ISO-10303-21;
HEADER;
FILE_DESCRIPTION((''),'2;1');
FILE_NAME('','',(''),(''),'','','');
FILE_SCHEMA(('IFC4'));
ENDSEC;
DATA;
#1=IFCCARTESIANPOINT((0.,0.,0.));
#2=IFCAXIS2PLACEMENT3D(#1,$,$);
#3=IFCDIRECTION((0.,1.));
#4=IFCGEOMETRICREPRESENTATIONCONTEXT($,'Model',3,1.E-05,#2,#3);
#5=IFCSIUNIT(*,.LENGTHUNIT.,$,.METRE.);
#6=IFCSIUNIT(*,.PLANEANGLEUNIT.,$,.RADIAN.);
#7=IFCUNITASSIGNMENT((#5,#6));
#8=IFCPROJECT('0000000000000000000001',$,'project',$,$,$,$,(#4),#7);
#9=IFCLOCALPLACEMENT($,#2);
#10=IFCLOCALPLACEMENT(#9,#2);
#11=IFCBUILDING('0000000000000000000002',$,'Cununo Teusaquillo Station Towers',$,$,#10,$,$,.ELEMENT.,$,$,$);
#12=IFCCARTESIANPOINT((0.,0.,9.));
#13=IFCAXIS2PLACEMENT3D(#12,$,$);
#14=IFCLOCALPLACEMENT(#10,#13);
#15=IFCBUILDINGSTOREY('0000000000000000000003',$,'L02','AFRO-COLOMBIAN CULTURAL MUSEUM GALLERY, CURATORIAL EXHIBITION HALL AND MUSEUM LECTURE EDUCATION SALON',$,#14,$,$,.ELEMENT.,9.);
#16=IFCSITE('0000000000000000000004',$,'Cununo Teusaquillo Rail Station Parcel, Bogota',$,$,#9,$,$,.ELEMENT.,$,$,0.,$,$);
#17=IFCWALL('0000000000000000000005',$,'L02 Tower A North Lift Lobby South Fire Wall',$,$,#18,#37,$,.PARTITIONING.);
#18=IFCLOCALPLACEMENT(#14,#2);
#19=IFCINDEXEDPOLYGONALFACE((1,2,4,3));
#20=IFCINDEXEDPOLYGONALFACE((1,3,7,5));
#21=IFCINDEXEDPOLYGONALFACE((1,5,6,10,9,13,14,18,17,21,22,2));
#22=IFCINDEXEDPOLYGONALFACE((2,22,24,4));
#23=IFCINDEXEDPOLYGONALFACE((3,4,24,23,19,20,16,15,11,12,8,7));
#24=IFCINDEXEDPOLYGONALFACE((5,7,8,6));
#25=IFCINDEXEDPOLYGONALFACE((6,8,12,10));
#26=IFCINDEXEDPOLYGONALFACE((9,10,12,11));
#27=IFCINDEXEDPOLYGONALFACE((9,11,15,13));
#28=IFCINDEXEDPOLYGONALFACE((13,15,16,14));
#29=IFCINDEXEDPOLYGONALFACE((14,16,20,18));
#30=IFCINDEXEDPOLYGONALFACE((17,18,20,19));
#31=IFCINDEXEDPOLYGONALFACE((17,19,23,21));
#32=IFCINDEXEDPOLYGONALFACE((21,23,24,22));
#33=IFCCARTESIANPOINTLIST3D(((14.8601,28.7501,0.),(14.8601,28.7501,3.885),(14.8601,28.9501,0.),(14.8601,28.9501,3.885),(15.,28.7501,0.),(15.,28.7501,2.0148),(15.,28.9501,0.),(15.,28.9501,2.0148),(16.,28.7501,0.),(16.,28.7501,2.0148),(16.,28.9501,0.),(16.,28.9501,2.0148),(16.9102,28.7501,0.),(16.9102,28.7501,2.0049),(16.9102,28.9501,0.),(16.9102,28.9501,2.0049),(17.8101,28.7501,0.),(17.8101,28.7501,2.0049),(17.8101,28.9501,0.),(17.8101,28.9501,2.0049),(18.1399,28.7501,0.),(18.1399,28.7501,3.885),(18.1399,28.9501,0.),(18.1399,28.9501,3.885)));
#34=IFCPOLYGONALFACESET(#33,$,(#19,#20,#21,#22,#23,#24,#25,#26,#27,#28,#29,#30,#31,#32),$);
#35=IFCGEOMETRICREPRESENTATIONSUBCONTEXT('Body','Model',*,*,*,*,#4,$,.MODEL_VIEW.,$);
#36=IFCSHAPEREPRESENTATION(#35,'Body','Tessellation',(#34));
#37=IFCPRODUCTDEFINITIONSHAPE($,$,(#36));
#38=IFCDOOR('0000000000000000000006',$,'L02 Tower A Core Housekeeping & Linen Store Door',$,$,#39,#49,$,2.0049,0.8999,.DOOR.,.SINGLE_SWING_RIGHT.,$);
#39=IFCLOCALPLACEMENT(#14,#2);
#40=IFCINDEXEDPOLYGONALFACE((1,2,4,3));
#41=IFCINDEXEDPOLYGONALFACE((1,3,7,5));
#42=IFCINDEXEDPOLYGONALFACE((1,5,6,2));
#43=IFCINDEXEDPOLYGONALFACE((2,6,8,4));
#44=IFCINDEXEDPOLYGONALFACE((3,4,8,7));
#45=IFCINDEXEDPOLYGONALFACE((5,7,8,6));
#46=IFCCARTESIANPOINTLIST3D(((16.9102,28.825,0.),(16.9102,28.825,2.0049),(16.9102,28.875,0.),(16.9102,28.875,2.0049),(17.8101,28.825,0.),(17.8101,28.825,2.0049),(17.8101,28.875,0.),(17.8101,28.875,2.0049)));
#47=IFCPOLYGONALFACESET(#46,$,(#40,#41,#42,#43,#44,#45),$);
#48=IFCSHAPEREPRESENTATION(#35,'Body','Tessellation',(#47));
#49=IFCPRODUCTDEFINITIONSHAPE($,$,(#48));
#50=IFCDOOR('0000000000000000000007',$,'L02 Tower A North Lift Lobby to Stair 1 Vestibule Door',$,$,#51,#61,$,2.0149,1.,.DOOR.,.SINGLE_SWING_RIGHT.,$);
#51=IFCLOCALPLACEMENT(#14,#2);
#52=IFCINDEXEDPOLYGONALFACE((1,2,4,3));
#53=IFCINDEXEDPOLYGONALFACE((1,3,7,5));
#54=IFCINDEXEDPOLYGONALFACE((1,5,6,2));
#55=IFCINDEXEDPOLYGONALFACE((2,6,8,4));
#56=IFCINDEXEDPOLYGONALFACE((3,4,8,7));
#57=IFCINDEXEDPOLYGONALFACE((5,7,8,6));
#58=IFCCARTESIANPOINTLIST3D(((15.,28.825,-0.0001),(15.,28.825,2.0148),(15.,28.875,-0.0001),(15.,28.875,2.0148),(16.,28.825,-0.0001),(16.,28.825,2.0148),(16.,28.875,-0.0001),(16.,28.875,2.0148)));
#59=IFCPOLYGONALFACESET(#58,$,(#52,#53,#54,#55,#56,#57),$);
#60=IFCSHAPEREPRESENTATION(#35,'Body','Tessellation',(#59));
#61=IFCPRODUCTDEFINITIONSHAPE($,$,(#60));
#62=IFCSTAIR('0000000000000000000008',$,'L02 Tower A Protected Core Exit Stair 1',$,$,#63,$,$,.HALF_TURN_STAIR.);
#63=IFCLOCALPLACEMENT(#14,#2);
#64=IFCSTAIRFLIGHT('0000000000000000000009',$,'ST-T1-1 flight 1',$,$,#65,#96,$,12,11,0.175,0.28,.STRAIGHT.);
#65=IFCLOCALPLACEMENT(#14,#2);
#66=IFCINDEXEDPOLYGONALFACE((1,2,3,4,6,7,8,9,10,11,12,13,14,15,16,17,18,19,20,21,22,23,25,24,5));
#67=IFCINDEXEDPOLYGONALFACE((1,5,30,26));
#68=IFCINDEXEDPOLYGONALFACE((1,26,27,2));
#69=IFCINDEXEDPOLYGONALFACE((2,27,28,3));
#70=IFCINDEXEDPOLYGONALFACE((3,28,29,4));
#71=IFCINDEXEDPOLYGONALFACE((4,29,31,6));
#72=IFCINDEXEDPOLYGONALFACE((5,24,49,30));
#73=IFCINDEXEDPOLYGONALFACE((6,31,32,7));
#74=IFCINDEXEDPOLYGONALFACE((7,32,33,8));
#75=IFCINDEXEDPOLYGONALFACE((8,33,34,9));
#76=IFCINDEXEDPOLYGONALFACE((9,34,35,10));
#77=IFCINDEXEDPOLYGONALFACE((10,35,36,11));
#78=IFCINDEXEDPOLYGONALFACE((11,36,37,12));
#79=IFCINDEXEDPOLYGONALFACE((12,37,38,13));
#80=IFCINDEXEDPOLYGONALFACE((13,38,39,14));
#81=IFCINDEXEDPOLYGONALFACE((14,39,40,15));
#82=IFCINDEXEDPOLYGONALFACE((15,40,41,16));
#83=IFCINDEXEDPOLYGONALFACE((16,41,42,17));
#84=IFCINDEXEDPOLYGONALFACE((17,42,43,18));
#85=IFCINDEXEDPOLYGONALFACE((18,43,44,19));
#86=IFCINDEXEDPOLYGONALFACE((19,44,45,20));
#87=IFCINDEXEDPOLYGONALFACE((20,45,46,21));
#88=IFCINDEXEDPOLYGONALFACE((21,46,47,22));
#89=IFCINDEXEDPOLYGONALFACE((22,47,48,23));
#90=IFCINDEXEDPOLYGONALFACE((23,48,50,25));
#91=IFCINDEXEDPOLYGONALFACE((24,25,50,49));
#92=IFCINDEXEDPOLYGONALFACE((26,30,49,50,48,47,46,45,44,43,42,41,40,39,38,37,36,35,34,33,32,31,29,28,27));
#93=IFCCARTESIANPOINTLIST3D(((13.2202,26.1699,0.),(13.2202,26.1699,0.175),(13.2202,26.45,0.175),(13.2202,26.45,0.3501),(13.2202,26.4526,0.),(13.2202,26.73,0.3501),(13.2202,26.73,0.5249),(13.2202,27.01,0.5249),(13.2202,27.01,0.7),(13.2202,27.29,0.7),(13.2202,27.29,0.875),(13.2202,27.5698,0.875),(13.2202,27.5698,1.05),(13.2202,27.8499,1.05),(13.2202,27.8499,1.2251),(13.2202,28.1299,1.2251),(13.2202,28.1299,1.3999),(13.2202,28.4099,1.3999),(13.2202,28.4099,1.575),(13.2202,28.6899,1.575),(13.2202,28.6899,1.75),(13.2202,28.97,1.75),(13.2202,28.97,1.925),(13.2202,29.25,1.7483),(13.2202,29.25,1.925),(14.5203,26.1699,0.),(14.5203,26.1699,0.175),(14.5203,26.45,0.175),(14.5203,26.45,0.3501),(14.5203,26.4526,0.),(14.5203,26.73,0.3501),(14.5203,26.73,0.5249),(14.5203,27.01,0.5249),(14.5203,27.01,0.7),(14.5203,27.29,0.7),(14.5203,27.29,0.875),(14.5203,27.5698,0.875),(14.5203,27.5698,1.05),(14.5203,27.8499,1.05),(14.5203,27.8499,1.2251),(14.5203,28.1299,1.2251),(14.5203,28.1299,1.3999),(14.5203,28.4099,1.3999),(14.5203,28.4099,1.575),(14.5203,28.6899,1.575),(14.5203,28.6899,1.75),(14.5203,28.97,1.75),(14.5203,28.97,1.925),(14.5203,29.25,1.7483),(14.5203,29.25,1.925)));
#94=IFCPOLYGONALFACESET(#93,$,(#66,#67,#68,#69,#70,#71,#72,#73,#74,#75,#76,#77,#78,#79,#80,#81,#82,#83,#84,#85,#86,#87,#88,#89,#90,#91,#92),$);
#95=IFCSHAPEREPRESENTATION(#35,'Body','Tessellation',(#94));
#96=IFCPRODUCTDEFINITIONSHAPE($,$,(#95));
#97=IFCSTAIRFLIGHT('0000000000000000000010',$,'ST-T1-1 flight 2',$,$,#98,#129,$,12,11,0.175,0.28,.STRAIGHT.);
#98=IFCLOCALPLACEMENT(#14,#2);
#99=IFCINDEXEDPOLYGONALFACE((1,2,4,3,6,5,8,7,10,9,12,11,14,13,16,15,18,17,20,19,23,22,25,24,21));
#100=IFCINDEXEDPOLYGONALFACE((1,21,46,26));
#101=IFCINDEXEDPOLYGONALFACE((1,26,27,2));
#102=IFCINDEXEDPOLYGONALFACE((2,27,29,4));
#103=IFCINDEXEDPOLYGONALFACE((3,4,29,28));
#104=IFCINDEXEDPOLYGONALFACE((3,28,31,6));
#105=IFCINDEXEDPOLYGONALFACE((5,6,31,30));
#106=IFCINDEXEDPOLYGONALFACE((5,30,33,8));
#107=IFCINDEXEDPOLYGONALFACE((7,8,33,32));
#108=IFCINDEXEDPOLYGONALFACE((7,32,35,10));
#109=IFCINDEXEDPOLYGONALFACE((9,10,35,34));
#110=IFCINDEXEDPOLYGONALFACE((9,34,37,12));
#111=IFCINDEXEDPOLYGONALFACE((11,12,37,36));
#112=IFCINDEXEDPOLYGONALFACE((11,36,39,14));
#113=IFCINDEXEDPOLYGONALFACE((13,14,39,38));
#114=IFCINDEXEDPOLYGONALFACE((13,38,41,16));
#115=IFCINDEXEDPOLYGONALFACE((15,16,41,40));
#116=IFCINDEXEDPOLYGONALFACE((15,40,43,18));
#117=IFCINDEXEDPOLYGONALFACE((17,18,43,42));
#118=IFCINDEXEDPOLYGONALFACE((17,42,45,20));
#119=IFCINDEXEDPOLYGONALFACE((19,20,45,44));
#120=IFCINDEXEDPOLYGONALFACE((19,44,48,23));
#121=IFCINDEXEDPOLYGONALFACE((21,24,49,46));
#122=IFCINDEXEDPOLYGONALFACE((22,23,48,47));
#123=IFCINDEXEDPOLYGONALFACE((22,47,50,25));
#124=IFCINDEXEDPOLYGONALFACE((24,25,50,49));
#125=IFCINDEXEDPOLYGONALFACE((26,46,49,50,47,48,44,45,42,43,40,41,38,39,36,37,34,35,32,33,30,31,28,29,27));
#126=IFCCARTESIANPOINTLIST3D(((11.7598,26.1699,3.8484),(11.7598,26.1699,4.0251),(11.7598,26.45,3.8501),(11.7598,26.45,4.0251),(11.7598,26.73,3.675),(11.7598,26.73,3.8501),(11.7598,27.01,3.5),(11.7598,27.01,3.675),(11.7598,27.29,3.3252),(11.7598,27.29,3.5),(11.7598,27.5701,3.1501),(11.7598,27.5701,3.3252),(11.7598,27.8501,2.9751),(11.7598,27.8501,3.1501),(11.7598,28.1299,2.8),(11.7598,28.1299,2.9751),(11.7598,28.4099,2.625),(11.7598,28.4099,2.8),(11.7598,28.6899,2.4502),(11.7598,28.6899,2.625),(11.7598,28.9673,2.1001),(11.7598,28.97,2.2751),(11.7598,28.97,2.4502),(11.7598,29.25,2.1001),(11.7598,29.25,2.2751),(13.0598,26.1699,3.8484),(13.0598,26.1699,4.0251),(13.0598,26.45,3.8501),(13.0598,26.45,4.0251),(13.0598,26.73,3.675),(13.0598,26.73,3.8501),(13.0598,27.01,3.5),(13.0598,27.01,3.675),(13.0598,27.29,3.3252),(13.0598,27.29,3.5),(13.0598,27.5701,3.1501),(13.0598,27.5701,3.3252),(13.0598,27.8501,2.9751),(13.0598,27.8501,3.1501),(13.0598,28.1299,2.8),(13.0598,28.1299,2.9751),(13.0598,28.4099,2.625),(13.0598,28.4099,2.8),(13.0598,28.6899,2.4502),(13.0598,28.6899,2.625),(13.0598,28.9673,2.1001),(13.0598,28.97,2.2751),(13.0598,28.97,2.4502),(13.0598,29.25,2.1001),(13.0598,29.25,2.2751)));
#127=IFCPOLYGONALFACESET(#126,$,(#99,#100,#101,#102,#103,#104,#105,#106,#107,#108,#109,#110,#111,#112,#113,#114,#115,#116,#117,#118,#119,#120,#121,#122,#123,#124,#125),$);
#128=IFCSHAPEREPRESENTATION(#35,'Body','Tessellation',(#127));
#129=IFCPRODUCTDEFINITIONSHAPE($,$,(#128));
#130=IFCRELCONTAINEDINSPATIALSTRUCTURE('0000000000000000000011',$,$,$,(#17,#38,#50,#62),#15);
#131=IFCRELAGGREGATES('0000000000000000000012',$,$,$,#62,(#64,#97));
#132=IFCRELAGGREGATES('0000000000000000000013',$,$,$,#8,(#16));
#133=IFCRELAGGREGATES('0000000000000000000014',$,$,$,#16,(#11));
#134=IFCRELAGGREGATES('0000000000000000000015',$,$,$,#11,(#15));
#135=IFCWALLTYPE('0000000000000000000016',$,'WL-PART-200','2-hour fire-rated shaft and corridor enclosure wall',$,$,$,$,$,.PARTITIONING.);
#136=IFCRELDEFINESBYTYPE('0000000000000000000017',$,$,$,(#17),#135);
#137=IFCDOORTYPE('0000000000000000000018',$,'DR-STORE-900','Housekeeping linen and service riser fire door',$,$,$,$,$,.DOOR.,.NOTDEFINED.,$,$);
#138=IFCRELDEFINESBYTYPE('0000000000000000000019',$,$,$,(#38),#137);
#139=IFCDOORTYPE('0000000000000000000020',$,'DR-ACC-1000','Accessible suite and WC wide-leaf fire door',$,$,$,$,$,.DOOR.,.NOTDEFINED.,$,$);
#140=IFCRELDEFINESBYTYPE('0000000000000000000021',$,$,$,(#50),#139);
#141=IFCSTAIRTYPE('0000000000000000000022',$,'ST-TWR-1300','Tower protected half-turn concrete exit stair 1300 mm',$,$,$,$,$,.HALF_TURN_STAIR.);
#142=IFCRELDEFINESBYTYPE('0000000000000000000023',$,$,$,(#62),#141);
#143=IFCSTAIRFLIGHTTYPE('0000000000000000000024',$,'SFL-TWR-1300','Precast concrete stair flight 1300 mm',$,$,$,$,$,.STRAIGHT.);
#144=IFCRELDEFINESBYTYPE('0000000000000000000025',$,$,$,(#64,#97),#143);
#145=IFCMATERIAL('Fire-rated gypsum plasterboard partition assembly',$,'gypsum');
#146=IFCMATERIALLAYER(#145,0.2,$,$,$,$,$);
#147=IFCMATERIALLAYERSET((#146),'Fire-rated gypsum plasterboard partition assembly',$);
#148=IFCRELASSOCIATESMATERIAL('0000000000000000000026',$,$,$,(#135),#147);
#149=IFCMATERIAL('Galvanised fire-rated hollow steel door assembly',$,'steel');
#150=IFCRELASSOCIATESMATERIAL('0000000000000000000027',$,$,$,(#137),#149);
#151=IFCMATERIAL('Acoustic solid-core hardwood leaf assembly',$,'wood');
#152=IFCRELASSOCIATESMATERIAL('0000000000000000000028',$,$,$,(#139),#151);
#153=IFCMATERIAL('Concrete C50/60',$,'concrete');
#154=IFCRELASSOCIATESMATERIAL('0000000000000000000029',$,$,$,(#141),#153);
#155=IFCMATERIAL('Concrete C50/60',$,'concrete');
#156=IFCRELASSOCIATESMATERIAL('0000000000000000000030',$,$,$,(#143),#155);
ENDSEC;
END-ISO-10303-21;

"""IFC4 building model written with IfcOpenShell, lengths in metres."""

from ifc_helpers import new_model, si_unit, direction, frame, frame_2d, origin, place, context, subcontext, project, spatial, polyline, rectangle, outline, extrude, source, transform, mapped, material, layer, layer_set, type_object, element, fill, aggregate, save


model = new_model("IFC4")

# Units and contexts
model_context = context("Model", 3, precision=1e-05, world=origin(), true_north=direction((0.0, 1.0)))
body_context = subcontext(model_context, "Body", "Model", "MODEL_VIEW")
ifc_project = project(units=[si_unit("LENGTHUNIT", "METRE"), si_unit("PLANEANGLEUNIT", "RADIAN")], contexts=[model_context])

# Site, building, storey
site_placement = place(None, origin())
site = spatial("IfcSite", under=ifc_project, at=site_placement, Name="Cununo Teusaquillo Rail Station Parcel, Bogota", CompositionType="ELEMENT", RefElevation=0.0)
building_placement = place(site_placement, origin())
building = spatial("IfcBuilding", under=site, at=building_placement, Name="Cununo Teusaquillo Station Towers", CompositionType="ELEMENT")
storey_placement = place(building_placement, frame((0.0, 0.0, 9.0)))
storey = spatial("IfcBuildingStorey", under=building, at=storey_placement, Name="L02", Description="AFRO-COLOMBIAN CULTURAL MUSEUM GALLERY, CURATORIAL EXHIBITION HALL AND MUSEUM LECTURE EDUCATION SALON", CompositionType="ELEMENT", Elevation=9.0)

# Shared definitions
ifc_material_1 = material(Name="Fire-rated gypsum plasterboard partition assembly", Category="gypsum")
ifc_layer_1 = layer(ifc_material_1, 0.2)
ifc_layer_set_1 = layer_set([ifc_layer_1], Name="Fire-rated gypsum plasterboard partition assembly")
wall_type_1 = type_object("IfcWallType", Name="WL-PART-200", Description="2-hour fire-rated shaft and corridor enclosure wall", PredefinedType="PARTITIONING", material=ifc_layer_set_1)
shared_shape_1 = source(origin(), body_context, "Body", "SweptSolid", [
    extrude(rectangle(XDim=0.8999, YDim=2.0049, at=frame_2d((0.45, 1.0024))), frame((0.0, 0.1099, 0.0), z_axis=(0.0, -1.0, 0.0), x_axis=(1.0, 0.0, 0.0)), (0.0, 0.0, 1.0), 0.22),
])
ifc_material_2 = material(Name="Galvanised fire-rated hollow steel door assembly", Category="steel")
door_type_1 = type_object("IfcDoorType", Name="DR-STORE-900", Description="Housekeeping linen and service riser fire door", OperationType="NOTDEFINED", PredefinedType="DOOR", material=ifc_material_2)
shared_shape_2 = source(origin(), body_context, "Body", "SweptSolid", [
    extrude(rectangle(XDim=0.8999, YDim=2.0049, at=frame_2d((0.45, 1.0024))), frame((0.0, 0.0249, 0.0), z_axis=(0.0, -1.0, 0.0), x_axis=(1.0, 0.0, 0.0)), (0.0, 0.0, 1.0), 0.05),
])

# Wall, openings, doors
wall_1_placement = place(storey_placement, frame((14.8601, 28.8501, 0.0), z_axis=(0.0, 0.0, 1.0), x_axis=(1.0, 0.0, 0.0)))
wall_1 = element("IfcWall", 1, at=wall_1_placement, inside=storey, type_object=wall_type_1, Name="L02 Tower A North Lift Lobby South Fire Wall", PredefinedType="PARTITIONING", context=body_context, shape_type="SweptSolid", body=[
    extrude(rectangle(XDim=3.2798, YDim=0.2, at=frame_2d((1.6399, 0.0))), origin(), (0.0, 0.0, 1.0), 3.885),
])
shared_shape_3 = source(origin(), body_context, "Body", "SweptSolid", [
    extrude(rectangle(XDim=1.0, YDim=2.0149, at=frame_2d((0.5, 1.0073))), frame((0.0, 0.1099, 0.0), z_axis=(0.0, -1.0, 0.0), x_axis=(1.0, 0.0, 0.0)), (0.0, 0.0, 1.0), 0.22),
])
opening_1_placement = place(wall_1_placement, frame((0.1399, 0.0, 0.0)))
opening_1 = element("IfcOpeningElement", 2, at=opening_1_placement, cuts=wall_1, PredefinedType="OPENING", context=body_context, shape_type="MappedRepresentation", body=[
    mapped(shared_shape_3, transform((0.0, 0.0, 0.0), x_axis=(1.0, 0.0, 0.0), y_axis=(0.0, 1.0, 0.0), z_axis=(0.0, 0.0, 1.0), scale=1.0)),
])
opening_2_placement = place(wall_1_placement, frame((2.05, 0.0, 0.0)))
opening_2 = element("IfcOpeningElement", 3, at=opening_2_placement, cuts=wall_1, PredefinedType="OPENING", context=body_context, shape_type="MappedRepresentation", body=[
    mapped(shared_shape_1, transform((0.0, 0.0, 0.0), x_axis=(1.0, 0.0, 0.0), y_axis=(0.0, 1.0, 0.0), z_axis=(0.0, 0.0, 1.0), scale=1.0)),
])
door_1_placement = place(opening_2_placement, origin())
door_1 = element("IfcDoor", 4, at=door_1_placement, inside=storey, type_object=door_type_1, Name="L02 Tower A Core Housekeeping & Linen Store Door", OperationType="SINGLE_SWING_RIGHT", OverallHeight=2.0049, OverallWidth=0.8999, PredefinedType="DOOR", context=body_context, shape_type="MappedRepresentation", body=[
    mapped(shared_shape_2, transform((0.0, 0.0, 0.0), x_axis=(1.0, 0.0, 0.0), y_axis=(0.0, 1.0, 0.0), z_axis=(0.0, 0.0, 1.0), scale=1.0)),
])
fill(opening_2, door_1)
ifc_material_3 = material(Name="Acoustic solid-core hardwood leaf assembly", Category="wood")
door_type_2 = type_object("IfcDoorType", Name="DR-ACC-1000", Description="Accessible suite and WC wide-leaf fire door", OperationType="NOTDEFINED", PredefinedType="DOOR", material=ifc_material_3)
shared_shape_4 = source(origin(), body_context, "Body", "SweptSolid", [
    extrude(rectangle(XDim=1.0, YDim=2.0149, at=frame_2d((0.5, 1.0073))), frame((0.0, 0.0249, 0.0), z_axis=(0.0, -1.0, 0.0), x_axis=(1.0, 0.0, 0.0)), (0.0, 0.0, 1.0), 0.05),
])
door_2_placement = place(opening_1_placement, origin())
door_2 = element("IfcDoor", 5, at=door_2_placement, inside=storey, type_object=door_type_2, Name="L02 Tower A North Lift Lobby to Stair 1 Vestibule Door", OperationType="SINGLE_SWING_RIGHT", OverallHeight=2.0149, OverallWidth=1.0, PredefinedType="DOOR", context=body_context, shape_type="MappedRepresentation", body=[
    mapped(shared_shape_4, transform((0.0, 0.0, 0.0), x_axis=(1.0, 0.0, 0.0), y_axis=(0.0, 1.0, 0.0), z_axis=(0.0, 0.0, 1.0), scale=1.0)),
])
fill(opening_1, door_2)

# Stair, stair flights
ifc_material_4 = material(Name="Concrete C50/60", Category="concrete")
stair_type = type_object("IfcStairType", Name="ST-TWR-1300", Description="Tower protected half-turn concrete exit stair 1300 mm", PredefinedType="HALF_TURN_STAIR", material=ifc_material_4)
stair_placement = place(storey_placement, origin())
stair = element("IfcStair", 6, at=stair_placement, inside=storey, type_object=stair_type, Name="L02 Tower A Protected Core Exit Stair 1", PredefinedType="HALF_TURN_STAIR")
ifc_material_5 = material(Name="Concrete C50/60", Category="concrete")
stair_flight_type = type_object("IfcStairFlightType", Name="SFL-TWR-1300", Description="Precast concrete stair flight 1300 mm", PredefinedType="STRAIGHT", material=ifc_material_5)
stair_flight_1_placement = place(storey_placement, frame((13.8701, 26.1699, 0.0), z_axis=(0.0, 0.0, 1.0), x_axis=(0.0, 1.0, 0.0)))
stair_flight_1 = element("IfcStairFlight", 7, at=stair_flight_1_placement, type_object=stair_flight_type, Name="ST-T1-1 flight 1", NumberOfRisers=12, NumberOfTreads=11, PredefinedType="STRAIGHT", RiserHeight=0.175, TreadLength=0.28, context=body_context, shape_type="SweptSolid", body=[
    extrude(outline(polyline([(0.0, 0.0), (0.0, 0.175), (0.28, 0.175), (0.28, 0.3501), (0.5601, 0.3501), (0.5601, 0.5249), (0.8401, 0.5249), (0.8401, 0.7), (1.1201, 0.7), (1.1201, 0.875), (1.3999, 0.875), (1.3999, 1.05), (1.6799, 1.05), (1.6799, 1.2251), (1.96, 1.2251), (1.96, 1.3999), (2.24, 1.3999), (2.24, 1.575), (2.52, 1.575), (2.52, 1.75), (2.8, 1.75), (2.8, 1.925), (3.0801, 1.925), (3.0801, 2.1001), (3.0801, 1.7483), (0.2827, 0.0), (0.0, 0.0)])), frame((0.0, 0.6499, 0.0), z_axis=(0.0, -1.0, 0.0), x_axis=(1.0, 0.0, 0.0)), (0.0, 0.0, 1.0), 1.3),
])
stair_flight_2_placement = place(storey_placement, frame((12.4099, 29.25, 2.1001), z_axis=(0.0, 0.0, 1.0), x_axis=(0.0, -1.0, 0.0)))
stair_flight_2 = element("IfcStairFlight", 8, at=stair_flight_2_placement, type_object=stair_flight_type, Name="ST-T1-1 flight 2", NumberOfRisers=12, NumberOfTreads=11, PredefinedType="STRAIGHT", RiserHeight=0.175, TreadLength=0.28, context=body_context, shape_type="SweptSolid", body=[
    extrude(outline(polyline([(0.0, 0.0), (0.0, 0.175), (0.28, 0.175), (0.28, 0.3501), (0.5601, 0.3501), (0.5601, 0.5249), (0.8401, 0.5249), (0.8401, 0.7), (1.1201, 0.7), (1.1201, 0.875), (1.3999, 0.875), (1.3999, 1.05), (1.6799, 1.05), (1.6799, 1.2251), (1.96, 1.2251), (1.96, 1.3999), (2.24, 1.3999), (2.24, 1.575), (2.52, 1.575), (2.52, 1.75), (2.8, 1.75), (2.8, 1.925), (3.0801, 1.925), (3.0801, 2.1001), (3.0801, 1.7483), (0.2827, 0.0), (0.0, 0.0)])), frame((0.0, 0.6499, 0.0), z_axis=(0.0, -1.0, 0.0), x_axis=(1.0, 0.0, 0.0)), (0.0, 0.0, 1.0), 1.3),
])
aggregate(stair, [stair_flight_1, stair_flight_2])

save(model, "model.ifc")
